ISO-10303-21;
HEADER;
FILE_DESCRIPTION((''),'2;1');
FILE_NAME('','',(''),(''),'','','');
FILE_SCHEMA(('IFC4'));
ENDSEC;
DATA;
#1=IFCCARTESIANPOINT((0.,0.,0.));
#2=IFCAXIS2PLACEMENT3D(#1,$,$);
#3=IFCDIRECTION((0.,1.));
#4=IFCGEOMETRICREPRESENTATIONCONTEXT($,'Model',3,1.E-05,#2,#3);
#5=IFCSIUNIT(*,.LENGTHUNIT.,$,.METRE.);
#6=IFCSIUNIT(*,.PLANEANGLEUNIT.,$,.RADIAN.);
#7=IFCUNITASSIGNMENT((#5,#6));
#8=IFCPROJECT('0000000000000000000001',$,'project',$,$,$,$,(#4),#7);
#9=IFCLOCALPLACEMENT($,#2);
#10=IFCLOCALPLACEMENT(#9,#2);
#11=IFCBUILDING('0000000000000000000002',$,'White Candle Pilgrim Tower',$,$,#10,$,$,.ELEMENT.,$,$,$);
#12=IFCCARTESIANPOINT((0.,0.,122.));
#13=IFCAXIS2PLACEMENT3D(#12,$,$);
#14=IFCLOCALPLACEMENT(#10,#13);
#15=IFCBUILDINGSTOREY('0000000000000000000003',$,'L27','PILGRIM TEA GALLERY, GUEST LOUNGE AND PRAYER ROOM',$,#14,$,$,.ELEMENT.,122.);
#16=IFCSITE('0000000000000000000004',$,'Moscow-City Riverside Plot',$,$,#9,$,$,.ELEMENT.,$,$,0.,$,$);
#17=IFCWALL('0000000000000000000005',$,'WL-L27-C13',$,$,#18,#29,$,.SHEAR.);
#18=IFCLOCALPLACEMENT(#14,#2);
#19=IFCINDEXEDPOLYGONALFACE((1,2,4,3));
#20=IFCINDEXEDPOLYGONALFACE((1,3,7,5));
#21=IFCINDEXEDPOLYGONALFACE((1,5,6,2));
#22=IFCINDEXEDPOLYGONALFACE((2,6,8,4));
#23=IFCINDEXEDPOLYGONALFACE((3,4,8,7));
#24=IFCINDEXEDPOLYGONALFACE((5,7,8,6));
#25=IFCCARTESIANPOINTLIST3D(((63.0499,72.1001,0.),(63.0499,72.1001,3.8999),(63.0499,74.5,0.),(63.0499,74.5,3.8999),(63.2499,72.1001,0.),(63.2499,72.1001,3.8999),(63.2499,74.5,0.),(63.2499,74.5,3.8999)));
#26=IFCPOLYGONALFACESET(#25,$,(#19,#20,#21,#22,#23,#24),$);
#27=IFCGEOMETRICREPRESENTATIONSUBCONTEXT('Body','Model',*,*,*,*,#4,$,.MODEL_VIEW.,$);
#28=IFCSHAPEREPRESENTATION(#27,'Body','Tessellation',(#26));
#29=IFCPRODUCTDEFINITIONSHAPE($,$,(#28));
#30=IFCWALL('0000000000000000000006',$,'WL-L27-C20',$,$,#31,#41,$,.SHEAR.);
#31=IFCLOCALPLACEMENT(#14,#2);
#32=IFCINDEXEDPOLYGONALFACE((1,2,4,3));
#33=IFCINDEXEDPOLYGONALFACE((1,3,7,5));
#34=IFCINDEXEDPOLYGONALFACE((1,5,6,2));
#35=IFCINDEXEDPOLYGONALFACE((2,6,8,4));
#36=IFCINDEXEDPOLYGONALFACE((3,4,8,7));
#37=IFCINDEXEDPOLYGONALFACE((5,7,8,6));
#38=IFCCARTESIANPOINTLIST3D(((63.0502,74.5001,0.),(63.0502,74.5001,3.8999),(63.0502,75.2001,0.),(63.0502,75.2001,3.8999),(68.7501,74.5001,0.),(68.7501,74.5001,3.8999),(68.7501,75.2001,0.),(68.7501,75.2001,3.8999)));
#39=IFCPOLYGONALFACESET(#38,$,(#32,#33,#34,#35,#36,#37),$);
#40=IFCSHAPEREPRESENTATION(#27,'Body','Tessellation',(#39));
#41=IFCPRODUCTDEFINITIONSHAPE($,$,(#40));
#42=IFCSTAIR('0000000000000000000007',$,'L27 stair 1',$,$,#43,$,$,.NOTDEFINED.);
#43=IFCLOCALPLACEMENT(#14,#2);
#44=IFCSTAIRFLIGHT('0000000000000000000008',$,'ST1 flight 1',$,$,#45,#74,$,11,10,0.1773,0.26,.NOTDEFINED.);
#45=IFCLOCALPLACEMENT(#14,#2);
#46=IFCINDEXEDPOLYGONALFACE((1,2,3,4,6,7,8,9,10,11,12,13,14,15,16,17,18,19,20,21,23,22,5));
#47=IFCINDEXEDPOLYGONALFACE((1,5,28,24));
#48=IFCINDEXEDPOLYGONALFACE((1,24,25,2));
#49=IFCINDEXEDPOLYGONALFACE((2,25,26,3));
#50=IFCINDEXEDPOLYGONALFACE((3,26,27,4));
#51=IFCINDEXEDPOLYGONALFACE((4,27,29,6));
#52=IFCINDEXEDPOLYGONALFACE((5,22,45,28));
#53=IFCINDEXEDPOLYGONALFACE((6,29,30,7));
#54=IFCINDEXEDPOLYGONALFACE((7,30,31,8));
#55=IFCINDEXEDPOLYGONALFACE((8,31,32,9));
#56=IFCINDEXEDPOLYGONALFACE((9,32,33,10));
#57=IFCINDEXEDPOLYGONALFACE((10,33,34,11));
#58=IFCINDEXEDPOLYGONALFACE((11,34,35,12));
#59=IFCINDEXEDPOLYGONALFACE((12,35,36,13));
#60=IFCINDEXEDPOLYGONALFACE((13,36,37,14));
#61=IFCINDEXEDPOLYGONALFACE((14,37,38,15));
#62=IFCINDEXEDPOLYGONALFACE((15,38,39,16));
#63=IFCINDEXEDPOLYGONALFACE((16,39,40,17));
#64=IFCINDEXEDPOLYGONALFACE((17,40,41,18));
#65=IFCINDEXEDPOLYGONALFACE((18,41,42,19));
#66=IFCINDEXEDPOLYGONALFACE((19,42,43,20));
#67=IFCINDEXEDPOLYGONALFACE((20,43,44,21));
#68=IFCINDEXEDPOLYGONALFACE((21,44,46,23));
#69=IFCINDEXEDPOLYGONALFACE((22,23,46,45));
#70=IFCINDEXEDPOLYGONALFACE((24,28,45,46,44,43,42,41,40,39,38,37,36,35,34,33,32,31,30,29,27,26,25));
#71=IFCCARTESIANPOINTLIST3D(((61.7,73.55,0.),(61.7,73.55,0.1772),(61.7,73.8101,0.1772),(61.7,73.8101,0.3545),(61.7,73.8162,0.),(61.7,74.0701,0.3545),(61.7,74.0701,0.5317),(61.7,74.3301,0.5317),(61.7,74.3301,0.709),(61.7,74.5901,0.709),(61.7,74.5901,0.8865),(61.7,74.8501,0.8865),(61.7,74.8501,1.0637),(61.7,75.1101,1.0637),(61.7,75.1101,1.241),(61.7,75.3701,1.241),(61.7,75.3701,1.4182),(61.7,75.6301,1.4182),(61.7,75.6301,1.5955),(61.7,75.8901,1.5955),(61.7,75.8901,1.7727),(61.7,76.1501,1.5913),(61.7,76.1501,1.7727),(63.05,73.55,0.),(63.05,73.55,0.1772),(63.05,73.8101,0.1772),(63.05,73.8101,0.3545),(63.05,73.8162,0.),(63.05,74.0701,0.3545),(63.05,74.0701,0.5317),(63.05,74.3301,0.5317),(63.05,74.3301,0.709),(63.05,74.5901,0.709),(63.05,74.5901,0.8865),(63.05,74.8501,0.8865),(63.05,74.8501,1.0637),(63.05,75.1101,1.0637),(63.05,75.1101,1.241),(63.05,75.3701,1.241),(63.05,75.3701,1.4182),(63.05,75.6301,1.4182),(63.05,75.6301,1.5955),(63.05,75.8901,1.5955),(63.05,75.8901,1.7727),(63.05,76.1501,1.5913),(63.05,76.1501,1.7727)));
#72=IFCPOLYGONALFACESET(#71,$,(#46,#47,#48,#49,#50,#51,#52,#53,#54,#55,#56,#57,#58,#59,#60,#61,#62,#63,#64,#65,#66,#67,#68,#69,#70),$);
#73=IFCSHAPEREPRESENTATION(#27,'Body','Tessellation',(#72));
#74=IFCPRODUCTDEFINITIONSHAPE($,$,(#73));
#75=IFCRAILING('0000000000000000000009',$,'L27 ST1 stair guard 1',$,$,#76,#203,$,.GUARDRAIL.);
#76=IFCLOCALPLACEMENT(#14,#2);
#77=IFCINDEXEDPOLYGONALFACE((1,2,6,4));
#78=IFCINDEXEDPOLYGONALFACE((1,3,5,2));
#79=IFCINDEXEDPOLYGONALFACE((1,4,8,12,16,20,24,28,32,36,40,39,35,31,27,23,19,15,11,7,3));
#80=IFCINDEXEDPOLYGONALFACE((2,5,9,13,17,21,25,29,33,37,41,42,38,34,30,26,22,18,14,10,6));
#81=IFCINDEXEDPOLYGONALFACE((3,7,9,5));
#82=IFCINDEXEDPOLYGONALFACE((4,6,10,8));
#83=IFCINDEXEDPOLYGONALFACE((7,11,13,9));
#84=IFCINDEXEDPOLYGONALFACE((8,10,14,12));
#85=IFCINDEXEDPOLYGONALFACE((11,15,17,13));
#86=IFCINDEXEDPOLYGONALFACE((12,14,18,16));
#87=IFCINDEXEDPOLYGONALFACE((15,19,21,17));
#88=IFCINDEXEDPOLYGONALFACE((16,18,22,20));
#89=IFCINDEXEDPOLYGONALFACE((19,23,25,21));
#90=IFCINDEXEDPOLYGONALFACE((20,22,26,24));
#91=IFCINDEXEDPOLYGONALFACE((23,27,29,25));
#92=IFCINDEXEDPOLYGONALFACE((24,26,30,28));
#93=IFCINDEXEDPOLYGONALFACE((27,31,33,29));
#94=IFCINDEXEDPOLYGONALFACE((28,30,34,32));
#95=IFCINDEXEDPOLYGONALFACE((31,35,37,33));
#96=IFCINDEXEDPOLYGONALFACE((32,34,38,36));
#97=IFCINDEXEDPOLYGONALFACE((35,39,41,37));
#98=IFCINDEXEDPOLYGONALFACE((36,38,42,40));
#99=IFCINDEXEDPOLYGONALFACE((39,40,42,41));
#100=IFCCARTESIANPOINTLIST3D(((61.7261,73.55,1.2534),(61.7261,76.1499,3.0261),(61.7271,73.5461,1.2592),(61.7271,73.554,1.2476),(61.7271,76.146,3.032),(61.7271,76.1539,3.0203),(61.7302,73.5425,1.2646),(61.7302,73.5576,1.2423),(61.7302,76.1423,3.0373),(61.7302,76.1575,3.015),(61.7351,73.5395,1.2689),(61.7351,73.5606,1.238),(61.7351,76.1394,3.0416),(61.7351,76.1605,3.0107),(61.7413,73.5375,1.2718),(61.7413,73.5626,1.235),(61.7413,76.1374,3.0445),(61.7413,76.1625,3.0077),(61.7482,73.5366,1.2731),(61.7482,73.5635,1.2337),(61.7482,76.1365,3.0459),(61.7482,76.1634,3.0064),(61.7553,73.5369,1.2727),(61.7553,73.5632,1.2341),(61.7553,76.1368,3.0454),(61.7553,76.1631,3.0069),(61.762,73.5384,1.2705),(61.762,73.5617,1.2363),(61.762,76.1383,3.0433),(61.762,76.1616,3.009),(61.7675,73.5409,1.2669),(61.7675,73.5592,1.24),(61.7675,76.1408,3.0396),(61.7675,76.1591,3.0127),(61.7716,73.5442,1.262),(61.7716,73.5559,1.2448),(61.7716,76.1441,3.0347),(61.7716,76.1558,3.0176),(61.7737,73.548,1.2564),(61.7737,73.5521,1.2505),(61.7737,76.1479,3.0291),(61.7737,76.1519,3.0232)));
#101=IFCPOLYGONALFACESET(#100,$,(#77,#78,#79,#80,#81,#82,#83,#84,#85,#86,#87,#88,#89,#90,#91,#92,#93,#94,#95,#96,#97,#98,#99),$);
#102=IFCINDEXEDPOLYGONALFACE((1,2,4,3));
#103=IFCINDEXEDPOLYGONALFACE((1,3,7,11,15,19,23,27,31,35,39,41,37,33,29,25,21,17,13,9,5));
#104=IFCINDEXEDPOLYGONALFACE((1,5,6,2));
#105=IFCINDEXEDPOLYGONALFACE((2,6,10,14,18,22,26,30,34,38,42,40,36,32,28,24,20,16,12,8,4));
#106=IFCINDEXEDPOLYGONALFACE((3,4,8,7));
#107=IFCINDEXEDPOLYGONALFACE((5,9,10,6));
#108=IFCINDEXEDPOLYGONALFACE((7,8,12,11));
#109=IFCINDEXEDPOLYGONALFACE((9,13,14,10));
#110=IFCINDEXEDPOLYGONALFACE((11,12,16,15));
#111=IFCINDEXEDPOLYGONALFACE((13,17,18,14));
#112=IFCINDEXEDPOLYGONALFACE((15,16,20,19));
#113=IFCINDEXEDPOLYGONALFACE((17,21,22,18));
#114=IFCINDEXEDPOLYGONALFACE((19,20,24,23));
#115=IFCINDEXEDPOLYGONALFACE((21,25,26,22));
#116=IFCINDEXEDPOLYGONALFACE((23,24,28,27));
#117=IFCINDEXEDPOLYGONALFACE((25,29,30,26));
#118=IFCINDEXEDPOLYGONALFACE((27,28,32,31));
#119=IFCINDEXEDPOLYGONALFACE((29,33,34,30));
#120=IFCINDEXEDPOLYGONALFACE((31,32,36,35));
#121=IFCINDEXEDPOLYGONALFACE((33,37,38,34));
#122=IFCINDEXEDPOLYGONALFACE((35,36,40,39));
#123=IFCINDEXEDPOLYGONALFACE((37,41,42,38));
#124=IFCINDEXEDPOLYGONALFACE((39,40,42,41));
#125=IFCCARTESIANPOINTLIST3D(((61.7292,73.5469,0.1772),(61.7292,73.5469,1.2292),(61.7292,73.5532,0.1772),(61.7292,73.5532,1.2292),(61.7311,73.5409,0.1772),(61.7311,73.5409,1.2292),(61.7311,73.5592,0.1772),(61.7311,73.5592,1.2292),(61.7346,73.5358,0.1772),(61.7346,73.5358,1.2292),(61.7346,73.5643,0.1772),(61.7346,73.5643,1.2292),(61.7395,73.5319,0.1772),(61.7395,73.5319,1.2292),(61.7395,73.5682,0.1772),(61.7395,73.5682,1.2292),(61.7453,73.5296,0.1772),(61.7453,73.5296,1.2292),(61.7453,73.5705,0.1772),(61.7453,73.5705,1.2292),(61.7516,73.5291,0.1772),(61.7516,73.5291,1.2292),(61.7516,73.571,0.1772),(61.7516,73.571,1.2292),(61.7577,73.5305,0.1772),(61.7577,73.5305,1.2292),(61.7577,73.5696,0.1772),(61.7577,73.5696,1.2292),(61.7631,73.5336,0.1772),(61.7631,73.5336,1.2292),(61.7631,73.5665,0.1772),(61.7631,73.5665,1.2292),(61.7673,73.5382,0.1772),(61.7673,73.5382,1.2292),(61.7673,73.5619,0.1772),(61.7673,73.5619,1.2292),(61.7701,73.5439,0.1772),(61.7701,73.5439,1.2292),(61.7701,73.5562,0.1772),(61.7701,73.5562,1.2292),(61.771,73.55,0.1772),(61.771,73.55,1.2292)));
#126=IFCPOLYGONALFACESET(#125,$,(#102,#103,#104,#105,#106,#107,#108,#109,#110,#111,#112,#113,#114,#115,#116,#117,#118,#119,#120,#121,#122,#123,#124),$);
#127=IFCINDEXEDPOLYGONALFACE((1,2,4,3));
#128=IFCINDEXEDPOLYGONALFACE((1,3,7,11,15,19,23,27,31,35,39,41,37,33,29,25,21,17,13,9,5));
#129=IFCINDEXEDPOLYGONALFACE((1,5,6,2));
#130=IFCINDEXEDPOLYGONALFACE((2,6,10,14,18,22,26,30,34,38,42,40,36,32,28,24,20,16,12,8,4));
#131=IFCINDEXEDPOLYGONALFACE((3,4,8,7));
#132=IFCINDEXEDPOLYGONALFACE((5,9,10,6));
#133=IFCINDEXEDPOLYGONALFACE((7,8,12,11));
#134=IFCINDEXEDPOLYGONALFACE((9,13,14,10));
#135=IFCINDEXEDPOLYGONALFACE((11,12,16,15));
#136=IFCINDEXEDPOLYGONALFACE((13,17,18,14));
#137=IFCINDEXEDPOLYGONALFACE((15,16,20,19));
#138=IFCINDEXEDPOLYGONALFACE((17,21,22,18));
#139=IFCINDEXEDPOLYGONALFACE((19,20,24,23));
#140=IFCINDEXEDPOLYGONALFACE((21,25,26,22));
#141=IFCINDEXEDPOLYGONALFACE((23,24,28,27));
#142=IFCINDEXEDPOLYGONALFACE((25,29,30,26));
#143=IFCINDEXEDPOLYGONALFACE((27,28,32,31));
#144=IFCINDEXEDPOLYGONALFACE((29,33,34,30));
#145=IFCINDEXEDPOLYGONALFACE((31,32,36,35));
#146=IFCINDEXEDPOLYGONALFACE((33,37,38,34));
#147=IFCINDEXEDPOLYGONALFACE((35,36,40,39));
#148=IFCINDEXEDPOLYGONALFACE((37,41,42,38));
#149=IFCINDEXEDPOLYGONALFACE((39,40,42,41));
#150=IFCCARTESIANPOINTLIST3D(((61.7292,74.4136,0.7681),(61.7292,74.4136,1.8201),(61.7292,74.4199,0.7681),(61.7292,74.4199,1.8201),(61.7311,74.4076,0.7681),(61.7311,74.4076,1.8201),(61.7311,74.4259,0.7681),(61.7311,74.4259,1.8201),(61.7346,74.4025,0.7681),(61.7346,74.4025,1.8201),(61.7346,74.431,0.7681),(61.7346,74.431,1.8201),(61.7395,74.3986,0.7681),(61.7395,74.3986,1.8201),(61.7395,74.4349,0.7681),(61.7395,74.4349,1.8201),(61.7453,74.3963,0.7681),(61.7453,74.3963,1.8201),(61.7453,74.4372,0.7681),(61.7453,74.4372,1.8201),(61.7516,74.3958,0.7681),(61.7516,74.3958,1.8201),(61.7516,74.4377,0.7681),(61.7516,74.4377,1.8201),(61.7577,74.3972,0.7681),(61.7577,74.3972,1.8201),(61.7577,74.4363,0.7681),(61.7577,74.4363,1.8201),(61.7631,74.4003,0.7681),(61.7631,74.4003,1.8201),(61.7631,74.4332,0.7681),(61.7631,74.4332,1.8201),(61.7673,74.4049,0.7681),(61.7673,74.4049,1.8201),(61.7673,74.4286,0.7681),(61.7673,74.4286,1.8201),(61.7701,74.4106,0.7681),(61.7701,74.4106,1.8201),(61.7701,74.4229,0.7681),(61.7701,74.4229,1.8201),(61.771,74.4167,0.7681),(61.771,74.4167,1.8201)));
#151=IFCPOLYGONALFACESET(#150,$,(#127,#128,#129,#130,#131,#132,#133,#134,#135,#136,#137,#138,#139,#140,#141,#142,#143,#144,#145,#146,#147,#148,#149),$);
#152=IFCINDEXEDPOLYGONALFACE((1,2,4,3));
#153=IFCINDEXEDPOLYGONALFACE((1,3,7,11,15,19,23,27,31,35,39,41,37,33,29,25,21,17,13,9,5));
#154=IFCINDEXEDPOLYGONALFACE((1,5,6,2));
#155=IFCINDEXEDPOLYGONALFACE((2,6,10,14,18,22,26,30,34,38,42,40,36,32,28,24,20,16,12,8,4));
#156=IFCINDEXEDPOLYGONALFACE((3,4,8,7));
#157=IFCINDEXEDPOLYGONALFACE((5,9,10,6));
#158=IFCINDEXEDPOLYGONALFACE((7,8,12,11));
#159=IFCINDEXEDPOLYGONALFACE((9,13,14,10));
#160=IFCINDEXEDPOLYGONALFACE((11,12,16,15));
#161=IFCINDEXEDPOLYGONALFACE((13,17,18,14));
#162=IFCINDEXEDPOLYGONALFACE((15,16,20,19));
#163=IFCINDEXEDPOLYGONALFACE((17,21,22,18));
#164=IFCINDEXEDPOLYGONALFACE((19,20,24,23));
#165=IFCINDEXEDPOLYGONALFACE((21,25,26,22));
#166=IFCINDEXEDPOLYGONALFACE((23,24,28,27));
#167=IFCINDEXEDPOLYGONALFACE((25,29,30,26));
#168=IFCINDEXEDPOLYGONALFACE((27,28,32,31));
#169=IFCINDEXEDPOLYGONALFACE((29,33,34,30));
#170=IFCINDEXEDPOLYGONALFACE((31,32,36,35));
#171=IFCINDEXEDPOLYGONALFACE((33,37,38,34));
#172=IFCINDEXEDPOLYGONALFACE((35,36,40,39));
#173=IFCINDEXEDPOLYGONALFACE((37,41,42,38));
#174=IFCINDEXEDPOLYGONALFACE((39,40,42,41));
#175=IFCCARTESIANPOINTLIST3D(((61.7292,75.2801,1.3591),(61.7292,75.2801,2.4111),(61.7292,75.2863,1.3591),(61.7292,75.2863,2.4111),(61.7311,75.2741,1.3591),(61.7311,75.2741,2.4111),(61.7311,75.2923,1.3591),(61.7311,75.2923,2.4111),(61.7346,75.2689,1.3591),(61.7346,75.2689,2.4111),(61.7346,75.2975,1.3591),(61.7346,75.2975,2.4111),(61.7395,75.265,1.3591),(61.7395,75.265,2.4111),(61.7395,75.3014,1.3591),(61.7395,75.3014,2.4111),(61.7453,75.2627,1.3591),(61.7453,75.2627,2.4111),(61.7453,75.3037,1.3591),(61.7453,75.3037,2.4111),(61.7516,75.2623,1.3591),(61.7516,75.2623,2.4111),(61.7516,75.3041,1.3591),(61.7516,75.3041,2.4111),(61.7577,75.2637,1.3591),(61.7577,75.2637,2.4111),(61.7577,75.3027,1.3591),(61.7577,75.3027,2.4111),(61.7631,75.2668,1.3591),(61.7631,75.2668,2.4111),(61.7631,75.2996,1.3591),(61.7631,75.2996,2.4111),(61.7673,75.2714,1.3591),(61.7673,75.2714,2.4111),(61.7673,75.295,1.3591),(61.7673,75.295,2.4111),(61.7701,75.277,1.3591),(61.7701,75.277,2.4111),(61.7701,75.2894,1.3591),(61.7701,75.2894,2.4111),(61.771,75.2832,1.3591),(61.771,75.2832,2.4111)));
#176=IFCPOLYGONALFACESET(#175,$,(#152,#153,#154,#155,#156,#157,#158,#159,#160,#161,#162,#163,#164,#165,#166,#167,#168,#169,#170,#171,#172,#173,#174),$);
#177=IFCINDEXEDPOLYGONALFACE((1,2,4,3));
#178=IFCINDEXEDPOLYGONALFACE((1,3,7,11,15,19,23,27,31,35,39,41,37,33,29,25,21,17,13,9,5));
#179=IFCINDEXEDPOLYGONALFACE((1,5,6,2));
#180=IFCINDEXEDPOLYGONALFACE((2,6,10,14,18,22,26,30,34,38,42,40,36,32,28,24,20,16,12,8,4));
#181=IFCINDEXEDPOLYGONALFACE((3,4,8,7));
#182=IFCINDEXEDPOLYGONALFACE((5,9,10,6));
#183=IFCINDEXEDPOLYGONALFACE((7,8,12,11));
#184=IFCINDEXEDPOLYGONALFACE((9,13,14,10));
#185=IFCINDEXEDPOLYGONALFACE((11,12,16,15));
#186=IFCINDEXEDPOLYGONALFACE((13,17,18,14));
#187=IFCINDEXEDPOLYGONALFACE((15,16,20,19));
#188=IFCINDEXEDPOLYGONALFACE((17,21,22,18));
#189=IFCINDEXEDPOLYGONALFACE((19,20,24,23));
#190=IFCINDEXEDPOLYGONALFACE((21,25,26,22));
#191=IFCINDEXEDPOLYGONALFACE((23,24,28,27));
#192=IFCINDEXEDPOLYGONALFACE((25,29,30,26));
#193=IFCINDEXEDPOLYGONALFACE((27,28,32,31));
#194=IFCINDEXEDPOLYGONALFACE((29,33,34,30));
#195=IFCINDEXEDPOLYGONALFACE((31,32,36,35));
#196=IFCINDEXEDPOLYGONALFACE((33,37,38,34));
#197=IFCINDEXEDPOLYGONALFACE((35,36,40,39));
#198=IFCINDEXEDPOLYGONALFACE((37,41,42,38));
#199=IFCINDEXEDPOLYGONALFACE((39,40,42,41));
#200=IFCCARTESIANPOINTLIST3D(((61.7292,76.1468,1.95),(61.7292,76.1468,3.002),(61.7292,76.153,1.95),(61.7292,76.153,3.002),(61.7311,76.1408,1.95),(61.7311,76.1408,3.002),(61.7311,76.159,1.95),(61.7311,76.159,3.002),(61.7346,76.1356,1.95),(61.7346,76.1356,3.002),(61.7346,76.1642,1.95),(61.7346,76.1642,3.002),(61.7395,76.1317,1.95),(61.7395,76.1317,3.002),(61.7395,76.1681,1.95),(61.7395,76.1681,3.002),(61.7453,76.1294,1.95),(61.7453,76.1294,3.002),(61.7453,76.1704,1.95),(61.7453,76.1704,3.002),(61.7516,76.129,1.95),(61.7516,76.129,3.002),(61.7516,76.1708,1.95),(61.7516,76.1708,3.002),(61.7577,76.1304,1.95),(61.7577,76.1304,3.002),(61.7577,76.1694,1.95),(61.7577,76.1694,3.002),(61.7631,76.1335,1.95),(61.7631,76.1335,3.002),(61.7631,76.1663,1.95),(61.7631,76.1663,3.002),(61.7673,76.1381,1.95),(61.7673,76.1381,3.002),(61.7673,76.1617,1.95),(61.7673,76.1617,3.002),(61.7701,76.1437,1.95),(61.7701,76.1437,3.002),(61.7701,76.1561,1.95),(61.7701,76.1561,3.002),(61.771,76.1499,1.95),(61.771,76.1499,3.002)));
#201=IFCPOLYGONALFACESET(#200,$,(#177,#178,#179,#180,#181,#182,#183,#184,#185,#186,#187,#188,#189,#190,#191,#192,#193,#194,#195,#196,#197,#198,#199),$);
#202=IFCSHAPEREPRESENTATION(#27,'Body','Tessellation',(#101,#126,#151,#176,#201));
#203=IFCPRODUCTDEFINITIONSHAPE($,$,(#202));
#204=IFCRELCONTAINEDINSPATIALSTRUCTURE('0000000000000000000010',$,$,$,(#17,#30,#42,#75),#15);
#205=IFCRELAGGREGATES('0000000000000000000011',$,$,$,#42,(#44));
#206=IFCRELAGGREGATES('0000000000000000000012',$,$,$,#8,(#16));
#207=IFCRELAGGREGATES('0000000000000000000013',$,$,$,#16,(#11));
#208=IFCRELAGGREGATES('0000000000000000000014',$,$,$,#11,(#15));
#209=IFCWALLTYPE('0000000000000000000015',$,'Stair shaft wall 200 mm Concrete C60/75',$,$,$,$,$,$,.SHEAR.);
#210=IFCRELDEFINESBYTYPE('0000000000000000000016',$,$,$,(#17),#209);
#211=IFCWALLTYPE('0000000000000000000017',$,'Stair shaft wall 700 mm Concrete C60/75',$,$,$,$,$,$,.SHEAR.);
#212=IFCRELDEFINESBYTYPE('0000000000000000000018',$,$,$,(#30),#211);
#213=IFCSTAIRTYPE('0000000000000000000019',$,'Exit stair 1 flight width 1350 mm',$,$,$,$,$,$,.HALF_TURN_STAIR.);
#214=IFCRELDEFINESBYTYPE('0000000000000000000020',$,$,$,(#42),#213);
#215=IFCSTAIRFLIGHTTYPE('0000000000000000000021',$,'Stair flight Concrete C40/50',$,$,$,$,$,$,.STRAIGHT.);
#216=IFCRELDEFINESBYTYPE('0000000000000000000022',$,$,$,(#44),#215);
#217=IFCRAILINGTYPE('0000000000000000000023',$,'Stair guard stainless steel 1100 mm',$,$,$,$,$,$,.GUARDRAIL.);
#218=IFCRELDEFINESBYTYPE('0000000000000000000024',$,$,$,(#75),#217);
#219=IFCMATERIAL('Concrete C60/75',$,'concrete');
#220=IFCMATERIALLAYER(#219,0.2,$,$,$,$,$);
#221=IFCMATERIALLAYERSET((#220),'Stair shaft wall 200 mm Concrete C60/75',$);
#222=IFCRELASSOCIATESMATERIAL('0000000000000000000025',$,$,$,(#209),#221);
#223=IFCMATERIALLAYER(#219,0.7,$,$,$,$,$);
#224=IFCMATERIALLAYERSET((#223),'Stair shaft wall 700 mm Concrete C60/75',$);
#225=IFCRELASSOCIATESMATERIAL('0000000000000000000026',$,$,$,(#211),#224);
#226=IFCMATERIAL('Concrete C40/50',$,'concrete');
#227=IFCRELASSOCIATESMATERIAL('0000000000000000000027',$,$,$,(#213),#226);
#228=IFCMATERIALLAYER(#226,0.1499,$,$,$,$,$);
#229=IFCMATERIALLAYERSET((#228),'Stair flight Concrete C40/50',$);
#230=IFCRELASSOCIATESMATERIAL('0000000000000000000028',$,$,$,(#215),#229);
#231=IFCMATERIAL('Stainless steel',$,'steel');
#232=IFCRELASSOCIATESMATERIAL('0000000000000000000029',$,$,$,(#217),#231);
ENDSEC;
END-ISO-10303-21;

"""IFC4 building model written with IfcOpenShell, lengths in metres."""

from ifc_helpers import new_model, si_unit, direction, frame, frame_2d, origin, origin_2d, place, context, subcontext, project, spatial, polyline, rectangle, circle, outline, extrude, material, layer, layer_set, type_object, element, aggregate, save


model = new_model("IFC4")

# Units and contexts
model_context = context("Model", 3, precision=1e-05, world=origin(), true_north=direction((0.0, 1.0)))
body_context = subcontext(model_context, "Body", "Model", "MODEL_VIEW")
ifc_project = project(units=[si_unit("LENGTHUNIT", "METRE"), si_unit("PLANEANGLEUNIT", "RADIAN")], contexts=[model_context])

# Site, building, storey
site_placement = place(None, origin())
site = spatial("IfcSite", under=ifc_project, at=site_placement, Name="Moscow-City Riverside Plot", CompositionType="ELEMENT", RefElevation=0.0)
building_placement = place(site_placement, origin())
building = spatial("IfcBuilding", under=site, at=building_placement, Name="White Candle Pilgrim Tower", CompositionType="ELEMENT")
storey_placement = place(building_placement, frame((0.0, 0.0, 122.0)))
storey = spatial("IfcBuildingStorey", under=building, at=storey_placement, Name="L27", Description="PILGRIM TEA GALLERY, GUEST LOUNGE AND PRAYER ROOM", CompositionType="ELEMENT", Elevation=122.0)

# Shared definitions
ifc_material_1 = material(Name="Concrete C60/75", Category="concrete")

# Shared definitions
ifc_material_2 = material(Name="Stainless steel", Category="steel")

# Walls
ifc_layer_1 = layer(ifc_material_1, 0.2)
ifc_layer_set_1 = layer_set([ifc_layer_1], Name="Stair shaft wall 200 mm Concrete C60/75")
wall_type_1 = type_object("IfcWallType", Name="Stair shaft wall 200 mm Concrete C60/75", PredefinedType="SHEAR", material=ifc_layer_set_1)
wall_1_placement = place(storey_placement, frame((63.1499, 72.1001, 0.0), z_axis=(0.0, 0.0, 1.0), x_axis=(0.0, 1.0, 0.0)))
element("IfcWall", 1, at=wall_1_placement, inside=storey, type_object=wall_type_1, Name="WL-L27-C13", PredefinedType="SHEAR", context=body_context, shape_type="SweptSolid", body=[
    extrude(rectangle(XDim=2.3999, YDim=0.2, at=frame_2d((1.2, 0.0))), origin(), (0.0, 0.0, 1.0), 3.8999),
])
ifc_layer_2 = layer(ifc_material_1, 0.7)
ifc_layer_set_2 = layer_set([ifc_layer_2], Name="Stair shaft wall 700 mm Concrete C60/75")
wall_type_2 = type_object("IfcWallType", Name="Stair shaft wall 700 mm Concrete C60/75", PredefinedType="SHEAR", material=ifc_layer_set_2)
wall_2_placement = place(storey_placement, frame((63.05, 74.8501, 0.0), z_axis=(0.0, 0.0, 1.0), x_axis=(1.0, 0.0, 0.0)))
element("IfcWall", 2, at=wall_2_placement, inside=storey, type_object=wall_type_2, Name="WL-L27-C20", PredefinedType="SHEAR", context=body_context, shape_type="SweptSolid", body=[
    extrude(rectangle(XDim=5.7, YDim=0.7, at=frame_2d((2.8501, 0.0))), origin(), (0.0, 0.0, 1.0), 3.8999),
])

# Stair, stair flight
ifc_material_3 = material(Name="Concrete C40/50", Category="concrete")
stair_type = type_object("IfcStairType", Name="Exit stair 1 flight width 1350 mm", PredefinedType="HALF_TURN_STAIR", material=ifc_material_3)
stair_placement = place(storey_placement, origin())
stair = element("IfcStair", 3, at=stair_placement, inside=storey, type_object=stair_type, Name="L27 stair 1", PredefinedType="NOTDEFINED")
ifc_layer_3 = layer(ifc_material_3, 0.1499)
ifc_layer_set_3 = layer_set([ifc_layer_3], Name="Stair flight Concrete C40/50")
stair_flight_type = type_object("IfcStairFlightType", Name="Stair flight Concrete C40/50", PredefinedType="STRAIGHT", material=ifc_layer_set_3)
stair_flight_placement = place(storey_placement, frame((62.375, 73.55, 0.0), z_axis=(0.0, 0.0, 1.0), x_axis=(0.0, 1.0, 0.0)))
stair_flight = element("IfcStairFlight", 4, at=stair_flight_placement, type_object=stair_flight_type, Name="ST1 flight 1", NumberOfRisers=11, NumberOfTreads=10, PredefinedType="NOTDEFINED", RiserHeight=0.1773, TreadLength=0.26, context=body_context, shape_type="SweptSolid", body=[
    extrude(outline(polyline([(0.0, 0.0), (0.0, 0.1772), (0.26, 0.1772), (0.26, 0.3545), (0.52, 0.3545), (0.52, 0.5317), (0.78, 0.5317), (0.78, 0.709), (1.04, 0.709), (1.04, 0.8865), (1.3, 0.8865), (1.3, 1.0637), (1.5601, 1.0637), (1.5601, 1.241), (1.8201, 1.241), (1.8201, 1.4182), (2.0801, 1.4182), (2.0801, 1.5955), (2.3401, 1.5955), (2.3401, 1.7727), (2.6001, 1.7727), (2.6001, 1.95), (2.6001, 1.5913), (0.2661, 0.0), (0.0, 0.0)])), frame((0.0, 0.675, 0.0), z_axis=(0.0, -1.0, 0.0), x_axis=(1.0, 0.0, 0.0)), (0.0, 0.0, 1.0), 1.3501),
])
aggregate(stair, [stair_flight])

# Railing
railing_type_1 = type_object("IfcRailingType", Name="Stair guard stainless steel 1100 mm", PredefinedType="GUARDRAIL", material=ifc_material_2)
railing_1_placement = place(storey_placement, frame((61.75, 73.55, 0.1772)))
element("IfcRailing", 5, at=railing_1_placement, inside=storey, type_object=railing_type_1, Name="L27 ST1 stair guard 1", PredefinedType="GUARDRAIL", context=body_context, shape_type="SweptSolid", body=[
    extrude(circle(Radius=0.0239, at=origin_2d()), frame((0.0, 0.0, 1.0762), z_axis=(0.0, 0.826216, 0.563354), x_axis=(-1.0, 0.0, 0.0)), (0.0, 0.0, 1.0), 3.1467),
    extrude(circle(Radius=0.021, at=origin_2d()), origin(), (0.0, 0.0, 1.0), 1.052),
    extrude(circle(Radius=0.021, at=origin_2d()), frame((0.0, 0.8667, 0.5908)), (0.0, 0.0, 1.0), 1.052),
    extrude(circle(Radius=0.021, at=origin_2d()), frame((0.0, 1.7332, 1.1819)), (0.0, 0.0, 1.0), 1.052),
    extrude(circle(Radius=0.021, at=origin_2d()), frame((0.0, 2.5999, 1.7727)), (0.0, 0.0, 1.0), 1.052),
])

save(model, "model.ifc")
